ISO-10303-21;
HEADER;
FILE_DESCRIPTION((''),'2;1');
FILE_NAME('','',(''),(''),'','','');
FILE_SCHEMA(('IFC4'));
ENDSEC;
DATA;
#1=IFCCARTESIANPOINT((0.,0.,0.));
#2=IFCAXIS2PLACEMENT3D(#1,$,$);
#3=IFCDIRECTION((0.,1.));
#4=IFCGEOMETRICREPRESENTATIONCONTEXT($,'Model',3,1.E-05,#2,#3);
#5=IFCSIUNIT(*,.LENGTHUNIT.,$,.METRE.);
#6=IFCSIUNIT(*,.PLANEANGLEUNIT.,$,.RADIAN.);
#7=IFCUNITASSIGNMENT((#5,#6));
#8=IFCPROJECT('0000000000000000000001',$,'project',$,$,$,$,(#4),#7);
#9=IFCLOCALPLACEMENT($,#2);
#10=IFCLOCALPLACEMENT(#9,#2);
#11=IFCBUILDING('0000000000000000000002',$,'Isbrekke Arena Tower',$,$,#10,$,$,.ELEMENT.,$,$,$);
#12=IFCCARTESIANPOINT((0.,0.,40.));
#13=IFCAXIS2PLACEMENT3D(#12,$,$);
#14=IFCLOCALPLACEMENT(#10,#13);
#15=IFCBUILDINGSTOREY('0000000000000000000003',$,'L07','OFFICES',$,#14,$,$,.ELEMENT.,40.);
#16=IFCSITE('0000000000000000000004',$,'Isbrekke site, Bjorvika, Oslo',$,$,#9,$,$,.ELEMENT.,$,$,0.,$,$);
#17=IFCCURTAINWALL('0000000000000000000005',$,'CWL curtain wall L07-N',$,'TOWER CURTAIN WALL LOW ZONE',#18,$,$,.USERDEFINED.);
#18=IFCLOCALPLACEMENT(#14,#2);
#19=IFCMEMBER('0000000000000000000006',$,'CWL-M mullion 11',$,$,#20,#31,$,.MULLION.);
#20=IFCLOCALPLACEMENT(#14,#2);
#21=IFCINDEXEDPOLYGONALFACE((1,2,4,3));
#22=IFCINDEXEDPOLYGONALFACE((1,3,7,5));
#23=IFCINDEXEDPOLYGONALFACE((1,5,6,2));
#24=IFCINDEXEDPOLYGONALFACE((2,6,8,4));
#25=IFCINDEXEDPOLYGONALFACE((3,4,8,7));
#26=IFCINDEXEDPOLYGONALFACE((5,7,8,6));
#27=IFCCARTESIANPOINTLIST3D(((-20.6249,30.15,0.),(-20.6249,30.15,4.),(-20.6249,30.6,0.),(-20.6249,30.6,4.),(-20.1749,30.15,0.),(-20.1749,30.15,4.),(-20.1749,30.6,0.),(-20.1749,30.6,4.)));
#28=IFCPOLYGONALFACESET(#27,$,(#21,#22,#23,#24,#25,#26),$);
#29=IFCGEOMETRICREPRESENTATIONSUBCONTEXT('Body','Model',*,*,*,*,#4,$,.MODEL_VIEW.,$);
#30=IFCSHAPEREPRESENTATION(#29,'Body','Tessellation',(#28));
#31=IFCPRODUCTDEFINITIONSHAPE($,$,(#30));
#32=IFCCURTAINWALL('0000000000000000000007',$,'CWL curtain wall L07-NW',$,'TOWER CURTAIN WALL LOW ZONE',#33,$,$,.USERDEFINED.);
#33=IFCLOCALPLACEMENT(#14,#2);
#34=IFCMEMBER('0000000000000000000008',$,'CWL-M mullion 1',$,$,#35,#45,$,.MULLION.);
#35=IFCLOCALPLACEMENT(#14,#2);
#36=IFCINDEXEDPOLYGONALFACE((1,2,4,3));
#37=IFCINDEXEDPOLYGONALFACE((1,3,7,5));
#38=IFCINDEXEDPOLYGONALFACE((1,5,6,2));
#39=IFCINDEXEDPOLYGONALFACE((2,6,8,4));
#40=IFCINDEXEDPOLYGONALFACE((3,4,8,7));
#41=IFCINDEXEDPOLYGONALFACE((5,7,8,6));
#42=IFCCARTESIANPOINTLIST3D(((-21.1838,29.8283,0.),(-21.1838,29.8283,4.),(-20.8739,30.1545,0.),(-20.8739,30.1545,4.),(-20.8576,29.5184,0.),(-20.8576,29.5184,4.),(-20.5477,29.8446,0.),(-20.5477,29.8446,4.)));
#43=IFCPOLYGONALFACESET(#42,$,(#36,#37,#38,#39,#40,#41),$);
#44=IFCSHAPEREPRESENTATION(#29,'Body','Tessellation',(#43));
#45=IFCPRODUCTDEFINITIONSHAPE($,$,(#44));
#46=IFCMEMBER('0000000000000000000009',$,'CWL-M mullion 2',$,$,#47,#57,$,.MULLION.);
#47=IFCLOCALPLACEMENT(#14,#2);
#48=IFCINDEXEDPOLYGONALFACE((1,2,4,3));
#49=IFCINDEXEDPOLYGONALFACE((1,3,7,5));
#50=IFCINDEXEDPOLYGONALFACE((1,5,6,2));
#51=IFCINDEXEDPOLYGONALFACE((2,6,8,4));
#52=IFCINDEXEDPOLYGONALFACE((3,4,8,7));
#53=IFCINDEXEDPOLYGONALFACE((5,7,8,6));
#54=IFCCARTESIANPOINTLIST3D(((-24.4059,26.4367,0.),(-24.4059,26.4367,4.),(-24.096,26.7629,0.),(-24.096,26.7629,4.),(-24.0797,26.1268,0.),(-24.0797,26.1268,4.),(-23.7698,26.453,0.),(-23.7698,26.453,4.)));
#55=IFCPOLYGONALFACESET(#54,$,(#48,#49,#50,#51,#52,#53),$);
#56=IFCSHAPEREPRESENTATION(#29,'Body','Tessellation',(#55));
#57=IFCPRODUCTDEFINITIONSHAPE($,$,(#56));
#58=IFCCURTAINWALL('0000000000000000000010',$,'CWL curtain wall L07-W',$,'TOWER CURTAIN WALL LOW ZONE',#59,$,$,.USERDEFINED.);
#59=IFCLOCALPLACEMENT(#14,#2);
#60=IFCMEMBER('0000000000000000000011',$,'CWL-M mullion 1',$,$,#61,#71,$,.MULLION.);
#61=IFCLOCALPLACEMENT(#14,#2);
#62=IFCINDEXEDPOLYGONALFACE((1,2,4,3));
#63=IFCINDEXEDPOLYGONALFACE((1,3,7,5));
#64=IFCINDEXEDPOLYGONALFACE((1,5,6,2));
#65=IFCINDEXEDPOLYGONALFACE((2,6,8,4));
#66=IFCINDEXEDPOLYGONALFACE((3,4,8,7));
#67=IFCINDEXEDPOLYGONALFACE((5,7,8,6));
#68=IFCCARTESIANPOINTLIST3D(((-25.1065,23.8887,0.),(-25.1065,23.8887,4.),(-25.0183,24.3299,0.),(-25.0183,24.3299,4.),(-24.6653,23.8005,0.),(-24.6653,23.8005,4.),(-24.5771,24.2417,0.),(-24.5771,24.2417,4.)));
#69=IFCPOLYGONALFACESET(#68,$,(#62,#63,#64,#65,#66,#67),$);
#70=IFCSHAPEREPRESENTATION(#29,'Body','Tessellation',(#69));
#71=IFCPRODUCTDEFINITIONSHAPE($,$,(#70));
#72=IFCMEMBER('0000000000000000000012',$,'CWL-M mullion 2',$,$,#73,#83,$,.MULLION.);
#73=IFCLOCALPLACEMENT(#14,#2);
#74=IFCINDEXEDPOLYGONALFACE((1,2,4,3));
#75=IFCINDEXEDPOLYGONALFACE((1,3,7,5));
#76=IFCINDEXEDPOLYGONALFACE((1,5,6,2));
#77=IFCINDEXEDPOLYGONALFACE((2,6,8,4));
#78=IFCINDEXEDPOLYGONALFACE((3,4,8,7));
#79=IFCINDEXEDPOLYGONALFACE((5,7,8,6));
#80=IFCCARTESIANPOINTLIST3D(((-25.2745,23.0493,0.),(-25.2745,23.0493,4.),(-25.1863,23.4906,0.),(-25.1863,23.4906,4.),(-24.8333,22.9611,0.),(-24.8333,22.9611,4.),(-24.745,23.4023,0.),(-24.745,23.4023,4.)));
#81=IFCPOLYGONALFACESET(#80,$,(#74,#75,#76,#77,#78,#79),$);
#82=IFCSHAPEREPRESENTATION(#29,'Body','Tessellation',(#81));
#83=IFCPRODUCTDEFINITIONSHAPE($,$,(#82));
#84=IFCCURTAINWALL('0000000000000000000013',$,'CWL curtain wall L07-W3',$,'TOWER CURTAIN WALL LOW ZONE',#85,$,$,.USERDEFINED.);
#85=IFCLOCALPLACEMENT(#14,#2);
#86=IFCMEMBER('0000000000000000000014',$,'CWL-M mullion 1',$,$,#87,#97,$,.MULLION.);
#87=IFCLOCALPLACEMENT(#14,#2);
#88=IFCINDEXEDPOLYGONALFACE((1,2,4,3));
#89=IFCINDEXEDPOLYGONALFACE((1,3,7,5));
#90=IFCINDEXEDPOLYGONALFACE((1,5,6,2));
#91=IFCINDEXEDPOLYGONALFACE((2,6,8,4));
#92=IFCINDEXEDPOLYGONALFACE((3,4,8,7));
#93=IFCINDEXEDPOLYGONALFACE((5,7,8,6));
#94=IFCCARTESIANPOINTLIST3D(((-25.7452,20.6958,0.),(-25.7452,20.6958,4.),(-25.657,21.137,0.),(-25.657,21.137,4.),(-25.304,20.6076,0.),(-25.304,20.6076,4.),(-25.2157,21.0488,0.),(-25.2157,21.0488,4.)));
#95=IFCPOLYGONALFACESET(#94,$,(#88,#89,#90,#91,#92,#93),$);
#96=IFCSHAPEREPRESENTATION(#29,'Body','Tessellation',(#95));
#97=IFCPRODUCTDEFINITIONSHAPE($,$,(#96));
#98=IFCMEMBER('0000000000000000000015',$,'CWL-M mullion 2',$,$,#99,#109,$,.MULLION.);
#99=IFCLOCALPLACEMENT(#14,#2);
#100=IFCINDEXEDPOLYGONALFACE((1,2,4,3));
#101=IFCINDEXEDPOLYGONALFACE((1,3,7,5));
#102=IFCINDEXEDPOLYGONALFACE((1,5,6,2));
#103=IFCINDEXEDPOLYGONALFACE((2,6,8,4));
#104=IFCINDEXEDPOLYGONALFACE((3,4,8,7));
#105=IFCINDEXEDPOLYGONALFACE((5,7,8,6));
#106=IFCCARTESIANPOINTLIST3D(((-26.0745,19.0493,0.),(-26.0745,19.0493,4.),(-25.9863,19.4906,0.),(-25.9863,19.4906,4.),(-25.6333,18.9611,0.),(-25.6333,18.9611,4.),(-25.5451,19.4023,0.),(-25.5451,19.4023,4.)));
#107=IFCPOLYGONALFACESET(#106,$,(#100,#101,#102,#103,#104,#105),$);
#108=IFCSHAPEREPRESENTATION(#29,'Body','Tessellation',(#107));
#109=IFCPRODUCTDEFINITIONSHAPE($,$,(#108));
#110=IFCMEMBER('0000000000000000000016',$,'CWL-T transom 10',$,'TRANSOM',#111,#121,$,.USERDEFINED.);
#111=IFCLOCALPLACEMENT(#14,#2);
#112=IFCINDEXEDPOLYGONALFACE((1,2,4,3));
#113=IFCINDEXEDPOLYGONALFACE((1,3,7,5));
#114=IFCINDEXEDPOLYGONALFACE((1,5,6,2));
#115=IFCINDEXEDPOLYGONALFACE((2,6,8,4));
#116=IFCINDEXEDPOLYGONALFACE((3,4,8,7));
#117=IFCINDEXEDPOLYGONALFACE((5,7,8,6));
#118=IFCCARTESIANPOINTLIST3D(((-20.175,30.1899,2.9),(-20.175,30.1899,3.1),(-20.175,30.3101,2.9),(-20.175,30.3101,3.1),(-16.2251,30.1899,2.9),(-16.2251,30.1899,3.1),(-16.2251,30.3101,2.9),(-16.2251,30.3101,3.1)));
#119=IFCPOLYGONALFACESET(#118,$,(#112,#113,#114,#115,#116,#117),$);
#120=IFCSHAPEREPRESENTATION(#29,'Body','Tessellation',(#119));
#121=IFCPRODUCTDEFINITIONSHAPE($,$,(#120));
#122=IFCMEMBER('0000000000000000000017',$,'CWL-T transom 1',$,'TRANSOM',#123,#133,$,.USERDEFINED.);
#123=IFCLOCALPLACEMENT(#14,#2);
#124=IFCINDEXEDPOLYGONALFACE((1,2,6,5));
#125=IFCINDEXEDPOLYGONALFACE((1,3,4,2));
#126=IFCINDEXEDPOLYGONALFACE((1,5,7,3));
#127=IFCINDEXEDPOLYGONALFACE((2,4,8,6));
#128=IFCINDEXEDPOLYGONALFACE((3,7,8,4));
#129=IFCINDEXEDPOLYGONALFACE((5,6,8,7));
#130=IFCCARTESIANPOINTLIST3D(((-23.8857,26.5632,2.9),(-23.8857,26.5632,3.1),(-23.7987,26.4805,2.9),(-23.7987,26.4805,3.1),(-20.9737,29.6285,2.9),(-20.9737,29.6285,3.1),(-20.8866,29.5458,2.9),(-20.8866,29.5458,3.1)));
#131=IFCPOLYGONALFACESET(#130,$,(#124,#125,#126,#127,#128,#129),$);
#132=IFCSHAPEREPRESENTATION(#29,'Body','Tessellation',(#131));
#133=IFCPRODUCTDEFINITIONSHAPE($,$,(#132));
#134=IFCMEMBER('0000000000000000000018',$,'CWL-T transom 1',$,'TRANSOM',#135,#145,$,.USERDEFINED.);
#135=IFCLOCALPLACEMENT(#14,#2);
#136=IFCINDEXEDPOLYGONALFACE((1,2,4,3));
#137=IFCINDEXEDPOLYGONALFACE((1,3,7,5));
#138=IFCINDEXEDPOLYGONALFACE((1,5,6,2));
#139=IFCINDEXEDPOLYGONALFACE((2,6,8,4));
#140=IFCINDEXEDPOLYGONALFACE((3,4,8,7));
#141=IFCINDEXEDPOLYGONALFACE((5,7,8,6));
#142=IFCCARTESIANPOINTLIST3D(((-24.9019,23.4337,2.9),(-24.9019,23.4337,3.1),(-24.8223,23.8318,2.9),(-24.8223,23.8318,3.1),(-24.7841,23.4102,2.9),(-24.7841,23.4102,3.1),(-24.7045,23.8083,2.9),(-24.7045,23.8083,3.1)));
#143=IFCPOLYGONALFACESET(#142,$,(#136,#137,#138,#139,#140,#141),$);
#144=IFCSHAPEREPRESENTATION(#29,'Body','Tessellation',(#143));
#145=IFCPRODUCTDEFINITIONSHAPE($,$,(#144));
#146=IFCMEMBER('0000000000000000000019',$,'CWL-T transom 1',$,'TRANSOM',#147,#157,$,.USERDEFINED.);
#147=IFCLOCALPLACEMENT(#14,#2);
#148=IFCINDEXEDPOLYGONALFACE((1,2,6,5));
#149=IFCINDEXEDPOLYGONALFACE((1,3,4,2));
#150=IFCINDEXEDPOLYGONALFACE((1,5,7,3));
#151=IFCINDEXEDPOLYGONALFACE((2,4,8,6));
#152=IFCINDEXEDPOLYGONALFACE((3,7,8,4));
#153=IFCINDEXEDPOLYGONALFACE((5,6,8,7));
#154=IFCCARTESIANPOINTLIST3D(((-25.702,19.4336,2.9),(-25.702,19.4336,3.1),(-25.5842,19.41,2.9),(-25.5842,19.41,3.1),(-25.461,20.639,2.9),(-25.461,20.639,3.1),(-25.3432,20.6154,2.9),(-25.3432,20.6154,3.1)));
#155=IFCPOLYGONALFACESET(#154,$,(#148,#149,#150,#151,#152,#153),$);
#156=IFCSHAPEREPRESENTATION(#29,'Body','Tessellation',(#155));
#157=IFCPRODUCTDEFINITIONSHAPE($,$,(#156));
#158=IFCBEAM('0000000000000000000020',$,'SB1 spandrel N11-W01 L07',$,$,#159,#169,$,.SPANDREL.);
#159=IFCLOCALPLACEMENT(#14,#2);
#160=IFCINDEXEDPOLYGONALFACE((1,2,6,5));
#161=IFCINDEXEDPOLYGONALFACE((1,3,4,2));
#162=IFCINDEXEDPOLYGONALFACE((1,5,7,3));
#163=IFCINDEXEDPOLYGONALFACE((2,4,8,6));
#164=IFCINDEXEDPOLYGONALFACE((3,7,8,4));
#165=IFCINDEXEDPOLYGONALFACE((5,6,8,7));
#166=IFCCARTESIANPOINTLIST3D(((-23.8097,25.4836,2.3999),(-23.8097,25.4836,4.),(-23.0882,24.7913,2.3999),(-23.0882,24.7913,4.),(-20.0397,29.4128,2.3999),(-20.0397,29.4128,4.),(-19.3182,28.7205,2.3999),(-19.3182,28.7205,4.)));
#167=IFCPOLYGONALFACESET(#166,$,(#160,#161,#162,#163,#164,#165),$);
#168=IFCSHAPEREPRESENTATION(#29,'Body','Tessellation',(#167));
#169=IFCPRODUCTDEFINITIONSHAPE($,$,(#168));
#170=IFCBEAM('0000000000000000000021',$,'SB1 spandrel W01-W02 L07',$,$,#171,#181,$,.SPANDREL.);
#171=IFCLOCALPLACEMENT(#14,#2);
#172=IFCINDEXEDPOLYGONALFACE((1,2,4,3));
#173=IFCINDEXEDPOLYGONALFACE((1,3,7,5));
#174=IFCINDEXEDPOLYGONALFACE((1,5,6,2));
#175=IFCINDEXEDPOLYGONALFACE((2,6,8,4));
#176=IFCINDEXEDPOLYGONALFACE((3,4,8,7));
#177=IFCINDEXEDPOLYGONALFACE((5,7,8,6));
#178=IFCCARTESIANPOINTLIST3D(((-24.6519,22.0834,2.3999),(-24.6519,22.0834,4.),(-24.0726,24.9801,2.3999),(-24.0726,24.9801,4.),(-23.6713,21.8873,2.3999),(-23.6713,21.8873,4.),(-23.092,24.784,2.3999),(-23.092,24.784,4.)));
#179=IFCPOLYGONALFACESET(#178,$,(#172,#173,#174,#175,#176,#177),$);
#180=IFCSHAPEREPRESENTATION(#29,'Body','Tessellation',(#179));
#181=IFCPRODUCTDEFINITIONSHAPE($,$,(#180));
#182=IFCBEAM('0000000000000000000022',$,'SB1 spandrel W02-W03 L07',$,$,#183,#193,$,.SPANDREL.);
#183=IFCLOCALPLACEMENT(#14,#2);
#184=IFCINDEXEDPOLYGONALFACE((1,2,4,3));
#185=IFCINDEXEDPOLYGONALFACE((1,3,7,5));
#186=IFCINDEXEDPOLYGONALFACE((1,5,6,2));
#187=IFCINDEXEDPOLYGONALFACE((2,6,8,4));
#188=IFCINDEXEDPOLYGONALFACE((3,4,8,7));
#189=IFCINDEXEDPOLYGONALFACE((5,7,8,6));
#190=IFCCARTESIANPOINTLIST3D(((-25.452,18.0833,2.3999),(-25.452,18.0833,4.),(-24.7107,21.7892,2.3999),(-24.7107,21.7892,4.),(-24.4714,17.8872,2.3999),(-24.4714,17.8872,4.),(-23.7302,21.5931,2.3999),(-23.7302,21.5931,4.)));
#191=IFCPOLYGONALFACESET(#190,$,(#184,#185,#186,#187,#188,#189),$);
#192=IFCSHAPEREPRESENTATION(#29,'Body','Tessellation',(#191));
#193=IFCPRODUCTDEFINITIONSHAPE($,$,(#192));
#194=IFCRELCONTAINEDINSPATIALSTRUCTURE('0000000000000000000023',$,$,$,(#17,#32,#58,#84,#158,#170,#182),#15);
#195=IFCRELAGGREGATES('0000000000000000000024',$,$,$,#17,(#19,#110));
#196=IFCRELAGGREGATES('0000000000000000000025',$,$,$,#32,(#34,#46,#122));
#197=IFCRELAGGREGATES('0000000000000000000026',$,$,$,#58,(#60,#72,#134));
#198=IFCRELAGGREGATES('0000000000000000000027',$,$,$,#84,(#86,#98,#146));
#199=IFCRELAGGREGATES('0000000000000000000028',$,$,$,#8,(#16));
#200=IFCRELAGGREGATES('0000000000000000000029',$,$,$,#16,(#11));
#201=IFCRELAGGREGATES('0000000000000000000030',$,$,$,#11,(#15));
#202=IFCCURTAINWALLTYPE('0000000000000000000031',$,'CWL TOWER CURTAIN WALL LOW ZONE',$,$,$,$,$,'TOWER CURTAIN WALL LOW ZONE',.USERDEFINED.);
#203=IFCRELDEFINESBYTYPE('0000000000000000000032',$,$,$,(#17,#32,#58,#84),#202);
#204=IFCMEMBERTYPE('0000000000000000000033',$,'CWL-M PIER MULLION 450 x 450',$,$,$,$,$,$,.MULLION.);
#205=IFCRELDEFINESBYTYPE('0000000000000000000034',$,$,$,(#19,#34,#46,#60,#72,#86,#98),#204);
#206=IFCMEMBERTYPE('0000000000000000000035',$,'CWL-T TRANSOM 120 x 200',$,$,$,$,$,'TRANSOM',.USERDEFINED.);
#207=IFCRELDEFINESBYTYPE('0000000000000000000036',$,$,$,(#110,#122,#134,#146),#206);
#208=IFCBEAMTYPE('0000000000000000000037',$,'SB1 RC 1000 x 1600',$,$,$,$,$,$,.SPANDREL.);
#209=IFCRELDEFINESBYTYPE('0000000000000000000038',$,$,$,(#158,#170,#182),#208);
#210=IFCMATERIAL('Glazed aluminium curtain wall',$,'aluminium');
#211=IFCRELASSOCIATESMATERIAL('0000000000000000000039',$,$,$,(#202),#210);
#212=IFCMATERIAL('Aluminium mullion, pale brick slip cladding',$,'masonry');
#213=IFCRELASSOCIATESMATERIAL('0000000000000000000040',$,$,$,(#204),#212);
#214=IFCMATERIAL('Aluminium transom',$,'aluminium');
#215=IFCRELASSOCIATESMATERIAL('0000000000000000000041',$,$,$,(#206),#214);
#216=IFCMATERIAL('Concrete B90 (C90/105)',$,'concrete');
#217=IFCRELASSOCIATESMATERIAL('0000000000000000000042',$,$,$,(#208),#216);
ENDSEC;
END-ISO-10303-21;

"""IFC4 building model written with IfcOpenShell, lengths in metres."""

from ifc_helpers import new_model, si_unit, direction, frame, origin, origin_2d, place, context, subcontext, project, spatial, rectangle, extrude, material, material_profile, profile_set, type_object, element, aggregate, save


model = new_model("IFC4")

# Units and contexts
model_context = context("Model", 3, precision=1e-05, world=origin(), true_north=direction((0.0, 1.0)))
body_context = subcontext(model_context, "Body", "Model", "MODEL_VIEW")
ifc_project = project(units=[si_unit("LENGTHUNIT", "METRE"), si_unit("PLANEANGLEUNIT", "RADIAN")], contexts=[model_context])

# Site, building, storey
site_placement = place(None, origin())
site = spatial("IfcSite", under=ifc_project, at=site_placement, Name="Isbrekke site, Bjorvika, Oslo", CompositionType="ELEMENT", RefElevation=0.0)
building_placement = place(site_placement, origin())
building = spatial("IfcBuilding", under=site, at=building_placement, Name="Isbrekke Arena Tower", CompositionType="ELEMENT")
storey_placement = place(building_placement, frame((0.0, 0.0, 40.0)))
storey = spatial("IfcBuildingStorey", under=building, at=storey_placement, Name="L07", Description="OFFICES", CompositionType="ELEMENT", Elevation=40.0)

# Curtain wall, member
ifc_material_1 = material(Name="Glazed aluminium curtain wall", Category="aluminium")
curtain_wall_type = type_object("IfcCurtainWallType", Name="CWL TOWER CURTAIN WALL LOW ZONE", ElementType="TOWER CURTAIN WALL LOW ZONE", PredefinedType="USERDEFINED", material=ifc_material_1)
curtain_wall_1_placement = place(storey_placement, origin())
curtain_wall_1 = element("IfcCurtainWall", 1, at=curtain_wall_1_placement, inside=storey, type_object=curtain_wall_type, Name="CWL curtain wall L07-N", ObjectType="TOWER CURTAIN WALL LOW ZONE", PredefinedType="USERDEFINED")
ifc_material_2 = material(Name="Aluminium mullion, pale brick slip cladding", Category="masonry")
ifc_material_profile_1 = material_profile(ifc_material_2, rectangle(XDim=0.45, YDim=0.45, at=origin_2d()), Name="PIER 450X450")
ifc_profile_set_1 = profile_set([ifc_material_profile_1], Name="Aluminium mullion, pale brick slip cladding")
member_type_1 = type_object("IfcMemberType", Name="CWL-M PIER MULLION 450 x 450", PredefinedType="MULLION", material=ifc_profile_set_1)
member_1_placement = place(storey_placement, frame((-20.3999, 30.375, 0.0), z_axis=(0.0, 0.0, 1.0), x_axis=(-1.0, 0.0, 0.0)))
member_1 = element("IfcMember", 2, at=member_1_placement, type_object=member_type_1, Name="CWL-M mullion 11", PredefinedType="MULLION", context=body_context, shape_type="SweptSolid", body=[
    extrude(rectangle(XDim=0.45, YDim=0.45, at=origin_2d()), origin(), (0.0, 0.0, 1.0), 4.0),
])

# Curtain walls, members
curtain_wall_2_placement = place(storey_placement, origin())
curtain_wall_2 = element("IfcCurtainWall", 3, at=curtain_wall_2_placement, inside=storey, type_object=curtain_wall_type, Name="CWL curtain wall L07-NW", ObjectType="TOWER CURTAIN WALL LOW ZONE", PredefinedType="USERDEFINED")
member_2_placement = place(storey_placement, frame((-20.8657, 29.8364, 0.0), z_axis=(0.0, 0.0, 1.0), x_axis=(-0.688749, -0.724999, 0.0)))
member_2 = element("IfcMember", 4, at=member_2_placement, type_object=member_type_1, Name="CWL-M mullion 1", PredefinedType="MULLION", context=body_context, shape_type="SweptSolid", body=[
    extrude(rectangle(XDim=0.45, YDim=0.45, at=origin_2d()), origin(), (0.0, 0.0, 1.0), 4.0),
])
member_3_placement = place(storey_placement, frame((-24.0879, 26.4448, 0.0), z_axis=(0.0, 0.0, 1.0), x_axis=(-0.688749, -0.724999, 0.0)))
member_3 = element("IfcMember", 5, at=member_3_placement, type_object=member_type_1, Name="CWL-M mullion 2", PredefinedType="MULLION", context=body_context, shape_type="SweptSolid", body=[
    extrude(rectangle(XDim=0.45, YDim=0.45, at=origin_2d()), origin(), (0.0, 0.0, 1.0), 4.0),
])
curtain_wall_3_placement = place(storey_placement, origin())
curtain_wall_3 = element("IfcCurtainWall", 6, at=curtain_wall_3_placement, inside=storey, type_object=curtain_wall_type, Name="CWL curtain wall L07-W", ObjectType="TOWER CURTAIN WALL LOW ZONE", PredefinedType="USERDEFINED")
member_4_placement = place(storey_placement, frame((-24.8418, 24.0652, 0.0), z_axis=(0.0, 0.0, 1.0), x_axis=(-0.196116, -0.980581, 0.0)))
member_4 = element("IfcMember", 7, at=member_4_placement, type_object=member_type_1, Name="CWL-M mullion 1", PredefinedType="MULLION", context=body_context, shape_type="SweptSolid", body=[
    extrude(rectangle(XDim=0.45, YDim=0.45, at=origin_2d()), origin(), (0.0, 0.0, 1.0), 4.0),
])
member_5_placement = place(storey_placement, frame((-25.0098, 23.2258, 0.0), z_axis=(0.0, 0.0, 1.0), x_axis=(-0.196116, -0.980581, 0.0)))
member_5 = element("IfcMember", 8, at=member_5_placement, type_object=member_type_1, Name="CWL-M mullion 2", PredefinedType="MULLION", context=body_context, shape_type="SweptSolid", body=[
    extrude(rectangle(XDim=0.45, YDim=0.45, at=origin_2d()), origin(), (0.0, 0.0, 1.0), 4.0),
])
curtain_wall_4_placement = place(storey_placement, origin())
curtain_wall_4 = element("IfcCurtainWall", 9, at=curtain_wall_4_placement, inside=storey, type_object=curtain_wall_type, Name="CWL curtain wall L07-W3", ObjectType="TOWER CURTAIN WALL LOW ZONE", PredefinedType="USERDEFINED")
member_6_placement = place(storey_placement, frame((-25.4805, 20.8723, 0.0), z_axis=(0.0, 0.0, 1.0), x_axis=(-0.196116, -0.980581, 0.0)))
member_6 = element("IfcMember", 10, at=member_6_placement, type_object=member_type_1, Name="CWL-M mullion 1", PredefinedType="MULLION", context=body_context, shape_type="SweptSolid", body=[
    extrude(rectangle(XDim=0.45, YDim=0.45, at=origin_2d()), origin(), (0.0, 0.0, 1.0), 4.0),
])
member_7_placement = place(storey_placement, frame((-25.8098, 19.2258, 0.0), z_axis=(0.0, 0.0, 1.0), x_axis=(-0.196116, -0.980581, 0.0)))
member_7 = element("IfcMember", 11, at=member_7_placement, type_object=member_type_1, Name="CWL-M mullion 2", PredefinedType="MULLION", context=body_context, shape_type="SweptSolid", body=[
    extrude(rectangle(XDim=0.45, YDim=0.45, at=origin_2d()), origin(), (0.0, 0.0, 1.0), 4.0),
])

# Members
ifc_material_3 = material(Name="Aluminium transom", Category="aluminium")
ifc_material_profile_2 = material_profile(ifc_material_3, rectangle(XDim=0.1201, YDim=0.2, at=origin_2d()), Name="TRANSOM 120X200")
ifc_profile_set_2 = profile_set([ifc_material_profile_2], Name="Aluminium transom")
member_type_2 = type_object("IfcMemberType", Name="CWL-T TRANSOM 120 x 200", ElementType="TRANSOM", PredefinedType="USERDEFINED", material=ifc_profile_set_2)
member_8_placement = place(storey_placement, frame((-16.2251, 30.25, 3.0), z_axis=(-1.0, 0.0, 0.0), x_axis=(0.0, -1.0, 0.0)))
member_8 = element("IfcMember", 12, at=member_8_placement, type_object=member_type_2, Name="CWL-T transom 10", ObjectType="TRANSOM", PredefinedType="USERDEFINED", context=body_context, shape_type="SweptSolid", body=[
    extrude(rectangle(XDim=0.1201, YDim=0.2, at=origin_2d()), origin(), (0.0, 0.0, 1.0), 3.95),
])
member_9_placement = place(storey_placement, frame((-20.9302, 29.5872, 3.0), z_axis=(-0.688743, -0.725005, 0.0), x_axis=(0.725005, -0.688743, 0.0)))
member_9 = element("IfcMember", 13, at=member_9_placement, type_object=member_type_2, Name="CWL-T transom 1", ObjectType="TRANSOM", PredefinedType="USERDEFINED", context=body_context, shape_type="SweptSolid", body=[
    extrude(rectangle(XDim=0.1201, YDim=0.2, at=origin_2d()), origin(), (0.0, 0.0, 1.0), 4.228),
])
member_10_placement = place(storey_placement, frame((-24.7634, 23.8201, 3.0), z_axis=(-0.196001, -0.980604, 0.0), x_axis=(0.980604, -0.196001, 0.0)))
member_10 = element("IfcMember", 14, at=member_10_placement, type_object=member_type_2, Name="CWL-T transom 1", ObjectType="TRANSOM", PredefinedType="USERDEFINED", context=body_context, shape_type="SweptSolid", body=[
    extrude(rectangle(XDim=0.1201, YDim=0.2, at=origin_2d()), origin(), (0.0, 0.0, 1.0), 0.406),
])
member_11_placement = place(storey_placement, frame((-25.4021, 20.6272, 3.0), z_axis=(-0.19604, -0.980596, 0.0), x_axis=(0.980596, -0.19604, 0.0)))
member_11 = element("IfcMember", 15, at=member_11_placement, type_object=member_type_2, Name="CWL-T transom 1", ObjectType="TRANSOM", PredefinedType="USERDEFINED", context=body_context, shape_type="SweptSolid", body=[
    extrude(rectangle(XDim=0.1201, YDim=0.2, at=origin_2d()), origin(), (0.0, 0.0, 1.0), 1.2292),
])

# Beams
ifc_material_4 = material(Name="Concrete B90 (C90/105)", Category="concrete")
ifc_material_profile_3 = material_profile(ifc_material_4, rectangle(XDim=1.0, YDim=1.6001, at=origin_2d()), Name="RC 1000x1600")
ifc_profile_set_3 = profile_set([ifc_material_profile_3], Name="Concrete B90 (C90/105)")
beam_type_1 = type_object("IfcBeamType", Name="SB1 RC 1000 x 1600", PredefinedType="SPANDREL", material=ifc_profile_set_3)
beam_1_placement = place(storey_placement, frame((-19.679, 29.0667, 3.2), z_axis=(-0.69234, -0.721572, 0.0), x_axis=(0.721572, -0.69234, 0.0)))
element("IfcBeam", 16, at=beam_1_placement, inside=storey, type_object=beam_type_1, Name="SB1 spandrel N11-W01 L07", PredefinedType="SPANDREL", context=body_context, shape_type="SweptSolid", body=[
    extrude(rectangle(XDim=1.0, YDim=1.6001, at=origin_2d()), origin(), (0.0, 0.0, 1.0), 5.4453),
])
beam_2_placement = place(storey_placement, frame((-23.5823, 24.8821, 3.2), z_axis=(-0.196116, -0.980581, 0.0), x_axis=(0.980581, -0.196116, 0.0)))
element("IfcBeam", 17, at=beam_2_placement, inside=storey, type_object=beam_type_1, Name="SB1 spandrel W01-W02 L07", PredefinedType="SPANDREL", context=body_context, shape_type="SweptSolid", body=[
    extrude(rectangle(XDim=1.0, YDim=1.6001, at=origin_2d()), origin(), (0.0, 0.0, 1.0), 2.9541),
])
beam_3_placement = place(storey_placement, frame((-24.2205, 21.6912, 3.2), z_axis=(-0.196129, -0.980578, 0.0), x_axis=(0.980578, -0.196129, 0.0)))
element("IfcBeam", 18, at=beam_3_placement, inside=storey, type_object=beam_type_1, Name="SB1 spandrel W02-W03 L07", PredefinedType="SPANDREL", context=body_context, shape_type="SweptSolid", body=[
    extrude(rectangle(XDim=1.0, YDim=1.6001, at=origin_2d()), origin(), (0.0, 0.0, 1.0), 3.7793),
])

aggregate(curtain_wall_1, [member_1, member_8])
aggregate(curtain_wall_2, [member_2, member_3, member_9])
aggregate(curtain_wall_3, [member_4, member_5, member_10])
aggregate(curtain_wall_4, [member_6, member_7, member_11])

save(model, "model.ifc")
